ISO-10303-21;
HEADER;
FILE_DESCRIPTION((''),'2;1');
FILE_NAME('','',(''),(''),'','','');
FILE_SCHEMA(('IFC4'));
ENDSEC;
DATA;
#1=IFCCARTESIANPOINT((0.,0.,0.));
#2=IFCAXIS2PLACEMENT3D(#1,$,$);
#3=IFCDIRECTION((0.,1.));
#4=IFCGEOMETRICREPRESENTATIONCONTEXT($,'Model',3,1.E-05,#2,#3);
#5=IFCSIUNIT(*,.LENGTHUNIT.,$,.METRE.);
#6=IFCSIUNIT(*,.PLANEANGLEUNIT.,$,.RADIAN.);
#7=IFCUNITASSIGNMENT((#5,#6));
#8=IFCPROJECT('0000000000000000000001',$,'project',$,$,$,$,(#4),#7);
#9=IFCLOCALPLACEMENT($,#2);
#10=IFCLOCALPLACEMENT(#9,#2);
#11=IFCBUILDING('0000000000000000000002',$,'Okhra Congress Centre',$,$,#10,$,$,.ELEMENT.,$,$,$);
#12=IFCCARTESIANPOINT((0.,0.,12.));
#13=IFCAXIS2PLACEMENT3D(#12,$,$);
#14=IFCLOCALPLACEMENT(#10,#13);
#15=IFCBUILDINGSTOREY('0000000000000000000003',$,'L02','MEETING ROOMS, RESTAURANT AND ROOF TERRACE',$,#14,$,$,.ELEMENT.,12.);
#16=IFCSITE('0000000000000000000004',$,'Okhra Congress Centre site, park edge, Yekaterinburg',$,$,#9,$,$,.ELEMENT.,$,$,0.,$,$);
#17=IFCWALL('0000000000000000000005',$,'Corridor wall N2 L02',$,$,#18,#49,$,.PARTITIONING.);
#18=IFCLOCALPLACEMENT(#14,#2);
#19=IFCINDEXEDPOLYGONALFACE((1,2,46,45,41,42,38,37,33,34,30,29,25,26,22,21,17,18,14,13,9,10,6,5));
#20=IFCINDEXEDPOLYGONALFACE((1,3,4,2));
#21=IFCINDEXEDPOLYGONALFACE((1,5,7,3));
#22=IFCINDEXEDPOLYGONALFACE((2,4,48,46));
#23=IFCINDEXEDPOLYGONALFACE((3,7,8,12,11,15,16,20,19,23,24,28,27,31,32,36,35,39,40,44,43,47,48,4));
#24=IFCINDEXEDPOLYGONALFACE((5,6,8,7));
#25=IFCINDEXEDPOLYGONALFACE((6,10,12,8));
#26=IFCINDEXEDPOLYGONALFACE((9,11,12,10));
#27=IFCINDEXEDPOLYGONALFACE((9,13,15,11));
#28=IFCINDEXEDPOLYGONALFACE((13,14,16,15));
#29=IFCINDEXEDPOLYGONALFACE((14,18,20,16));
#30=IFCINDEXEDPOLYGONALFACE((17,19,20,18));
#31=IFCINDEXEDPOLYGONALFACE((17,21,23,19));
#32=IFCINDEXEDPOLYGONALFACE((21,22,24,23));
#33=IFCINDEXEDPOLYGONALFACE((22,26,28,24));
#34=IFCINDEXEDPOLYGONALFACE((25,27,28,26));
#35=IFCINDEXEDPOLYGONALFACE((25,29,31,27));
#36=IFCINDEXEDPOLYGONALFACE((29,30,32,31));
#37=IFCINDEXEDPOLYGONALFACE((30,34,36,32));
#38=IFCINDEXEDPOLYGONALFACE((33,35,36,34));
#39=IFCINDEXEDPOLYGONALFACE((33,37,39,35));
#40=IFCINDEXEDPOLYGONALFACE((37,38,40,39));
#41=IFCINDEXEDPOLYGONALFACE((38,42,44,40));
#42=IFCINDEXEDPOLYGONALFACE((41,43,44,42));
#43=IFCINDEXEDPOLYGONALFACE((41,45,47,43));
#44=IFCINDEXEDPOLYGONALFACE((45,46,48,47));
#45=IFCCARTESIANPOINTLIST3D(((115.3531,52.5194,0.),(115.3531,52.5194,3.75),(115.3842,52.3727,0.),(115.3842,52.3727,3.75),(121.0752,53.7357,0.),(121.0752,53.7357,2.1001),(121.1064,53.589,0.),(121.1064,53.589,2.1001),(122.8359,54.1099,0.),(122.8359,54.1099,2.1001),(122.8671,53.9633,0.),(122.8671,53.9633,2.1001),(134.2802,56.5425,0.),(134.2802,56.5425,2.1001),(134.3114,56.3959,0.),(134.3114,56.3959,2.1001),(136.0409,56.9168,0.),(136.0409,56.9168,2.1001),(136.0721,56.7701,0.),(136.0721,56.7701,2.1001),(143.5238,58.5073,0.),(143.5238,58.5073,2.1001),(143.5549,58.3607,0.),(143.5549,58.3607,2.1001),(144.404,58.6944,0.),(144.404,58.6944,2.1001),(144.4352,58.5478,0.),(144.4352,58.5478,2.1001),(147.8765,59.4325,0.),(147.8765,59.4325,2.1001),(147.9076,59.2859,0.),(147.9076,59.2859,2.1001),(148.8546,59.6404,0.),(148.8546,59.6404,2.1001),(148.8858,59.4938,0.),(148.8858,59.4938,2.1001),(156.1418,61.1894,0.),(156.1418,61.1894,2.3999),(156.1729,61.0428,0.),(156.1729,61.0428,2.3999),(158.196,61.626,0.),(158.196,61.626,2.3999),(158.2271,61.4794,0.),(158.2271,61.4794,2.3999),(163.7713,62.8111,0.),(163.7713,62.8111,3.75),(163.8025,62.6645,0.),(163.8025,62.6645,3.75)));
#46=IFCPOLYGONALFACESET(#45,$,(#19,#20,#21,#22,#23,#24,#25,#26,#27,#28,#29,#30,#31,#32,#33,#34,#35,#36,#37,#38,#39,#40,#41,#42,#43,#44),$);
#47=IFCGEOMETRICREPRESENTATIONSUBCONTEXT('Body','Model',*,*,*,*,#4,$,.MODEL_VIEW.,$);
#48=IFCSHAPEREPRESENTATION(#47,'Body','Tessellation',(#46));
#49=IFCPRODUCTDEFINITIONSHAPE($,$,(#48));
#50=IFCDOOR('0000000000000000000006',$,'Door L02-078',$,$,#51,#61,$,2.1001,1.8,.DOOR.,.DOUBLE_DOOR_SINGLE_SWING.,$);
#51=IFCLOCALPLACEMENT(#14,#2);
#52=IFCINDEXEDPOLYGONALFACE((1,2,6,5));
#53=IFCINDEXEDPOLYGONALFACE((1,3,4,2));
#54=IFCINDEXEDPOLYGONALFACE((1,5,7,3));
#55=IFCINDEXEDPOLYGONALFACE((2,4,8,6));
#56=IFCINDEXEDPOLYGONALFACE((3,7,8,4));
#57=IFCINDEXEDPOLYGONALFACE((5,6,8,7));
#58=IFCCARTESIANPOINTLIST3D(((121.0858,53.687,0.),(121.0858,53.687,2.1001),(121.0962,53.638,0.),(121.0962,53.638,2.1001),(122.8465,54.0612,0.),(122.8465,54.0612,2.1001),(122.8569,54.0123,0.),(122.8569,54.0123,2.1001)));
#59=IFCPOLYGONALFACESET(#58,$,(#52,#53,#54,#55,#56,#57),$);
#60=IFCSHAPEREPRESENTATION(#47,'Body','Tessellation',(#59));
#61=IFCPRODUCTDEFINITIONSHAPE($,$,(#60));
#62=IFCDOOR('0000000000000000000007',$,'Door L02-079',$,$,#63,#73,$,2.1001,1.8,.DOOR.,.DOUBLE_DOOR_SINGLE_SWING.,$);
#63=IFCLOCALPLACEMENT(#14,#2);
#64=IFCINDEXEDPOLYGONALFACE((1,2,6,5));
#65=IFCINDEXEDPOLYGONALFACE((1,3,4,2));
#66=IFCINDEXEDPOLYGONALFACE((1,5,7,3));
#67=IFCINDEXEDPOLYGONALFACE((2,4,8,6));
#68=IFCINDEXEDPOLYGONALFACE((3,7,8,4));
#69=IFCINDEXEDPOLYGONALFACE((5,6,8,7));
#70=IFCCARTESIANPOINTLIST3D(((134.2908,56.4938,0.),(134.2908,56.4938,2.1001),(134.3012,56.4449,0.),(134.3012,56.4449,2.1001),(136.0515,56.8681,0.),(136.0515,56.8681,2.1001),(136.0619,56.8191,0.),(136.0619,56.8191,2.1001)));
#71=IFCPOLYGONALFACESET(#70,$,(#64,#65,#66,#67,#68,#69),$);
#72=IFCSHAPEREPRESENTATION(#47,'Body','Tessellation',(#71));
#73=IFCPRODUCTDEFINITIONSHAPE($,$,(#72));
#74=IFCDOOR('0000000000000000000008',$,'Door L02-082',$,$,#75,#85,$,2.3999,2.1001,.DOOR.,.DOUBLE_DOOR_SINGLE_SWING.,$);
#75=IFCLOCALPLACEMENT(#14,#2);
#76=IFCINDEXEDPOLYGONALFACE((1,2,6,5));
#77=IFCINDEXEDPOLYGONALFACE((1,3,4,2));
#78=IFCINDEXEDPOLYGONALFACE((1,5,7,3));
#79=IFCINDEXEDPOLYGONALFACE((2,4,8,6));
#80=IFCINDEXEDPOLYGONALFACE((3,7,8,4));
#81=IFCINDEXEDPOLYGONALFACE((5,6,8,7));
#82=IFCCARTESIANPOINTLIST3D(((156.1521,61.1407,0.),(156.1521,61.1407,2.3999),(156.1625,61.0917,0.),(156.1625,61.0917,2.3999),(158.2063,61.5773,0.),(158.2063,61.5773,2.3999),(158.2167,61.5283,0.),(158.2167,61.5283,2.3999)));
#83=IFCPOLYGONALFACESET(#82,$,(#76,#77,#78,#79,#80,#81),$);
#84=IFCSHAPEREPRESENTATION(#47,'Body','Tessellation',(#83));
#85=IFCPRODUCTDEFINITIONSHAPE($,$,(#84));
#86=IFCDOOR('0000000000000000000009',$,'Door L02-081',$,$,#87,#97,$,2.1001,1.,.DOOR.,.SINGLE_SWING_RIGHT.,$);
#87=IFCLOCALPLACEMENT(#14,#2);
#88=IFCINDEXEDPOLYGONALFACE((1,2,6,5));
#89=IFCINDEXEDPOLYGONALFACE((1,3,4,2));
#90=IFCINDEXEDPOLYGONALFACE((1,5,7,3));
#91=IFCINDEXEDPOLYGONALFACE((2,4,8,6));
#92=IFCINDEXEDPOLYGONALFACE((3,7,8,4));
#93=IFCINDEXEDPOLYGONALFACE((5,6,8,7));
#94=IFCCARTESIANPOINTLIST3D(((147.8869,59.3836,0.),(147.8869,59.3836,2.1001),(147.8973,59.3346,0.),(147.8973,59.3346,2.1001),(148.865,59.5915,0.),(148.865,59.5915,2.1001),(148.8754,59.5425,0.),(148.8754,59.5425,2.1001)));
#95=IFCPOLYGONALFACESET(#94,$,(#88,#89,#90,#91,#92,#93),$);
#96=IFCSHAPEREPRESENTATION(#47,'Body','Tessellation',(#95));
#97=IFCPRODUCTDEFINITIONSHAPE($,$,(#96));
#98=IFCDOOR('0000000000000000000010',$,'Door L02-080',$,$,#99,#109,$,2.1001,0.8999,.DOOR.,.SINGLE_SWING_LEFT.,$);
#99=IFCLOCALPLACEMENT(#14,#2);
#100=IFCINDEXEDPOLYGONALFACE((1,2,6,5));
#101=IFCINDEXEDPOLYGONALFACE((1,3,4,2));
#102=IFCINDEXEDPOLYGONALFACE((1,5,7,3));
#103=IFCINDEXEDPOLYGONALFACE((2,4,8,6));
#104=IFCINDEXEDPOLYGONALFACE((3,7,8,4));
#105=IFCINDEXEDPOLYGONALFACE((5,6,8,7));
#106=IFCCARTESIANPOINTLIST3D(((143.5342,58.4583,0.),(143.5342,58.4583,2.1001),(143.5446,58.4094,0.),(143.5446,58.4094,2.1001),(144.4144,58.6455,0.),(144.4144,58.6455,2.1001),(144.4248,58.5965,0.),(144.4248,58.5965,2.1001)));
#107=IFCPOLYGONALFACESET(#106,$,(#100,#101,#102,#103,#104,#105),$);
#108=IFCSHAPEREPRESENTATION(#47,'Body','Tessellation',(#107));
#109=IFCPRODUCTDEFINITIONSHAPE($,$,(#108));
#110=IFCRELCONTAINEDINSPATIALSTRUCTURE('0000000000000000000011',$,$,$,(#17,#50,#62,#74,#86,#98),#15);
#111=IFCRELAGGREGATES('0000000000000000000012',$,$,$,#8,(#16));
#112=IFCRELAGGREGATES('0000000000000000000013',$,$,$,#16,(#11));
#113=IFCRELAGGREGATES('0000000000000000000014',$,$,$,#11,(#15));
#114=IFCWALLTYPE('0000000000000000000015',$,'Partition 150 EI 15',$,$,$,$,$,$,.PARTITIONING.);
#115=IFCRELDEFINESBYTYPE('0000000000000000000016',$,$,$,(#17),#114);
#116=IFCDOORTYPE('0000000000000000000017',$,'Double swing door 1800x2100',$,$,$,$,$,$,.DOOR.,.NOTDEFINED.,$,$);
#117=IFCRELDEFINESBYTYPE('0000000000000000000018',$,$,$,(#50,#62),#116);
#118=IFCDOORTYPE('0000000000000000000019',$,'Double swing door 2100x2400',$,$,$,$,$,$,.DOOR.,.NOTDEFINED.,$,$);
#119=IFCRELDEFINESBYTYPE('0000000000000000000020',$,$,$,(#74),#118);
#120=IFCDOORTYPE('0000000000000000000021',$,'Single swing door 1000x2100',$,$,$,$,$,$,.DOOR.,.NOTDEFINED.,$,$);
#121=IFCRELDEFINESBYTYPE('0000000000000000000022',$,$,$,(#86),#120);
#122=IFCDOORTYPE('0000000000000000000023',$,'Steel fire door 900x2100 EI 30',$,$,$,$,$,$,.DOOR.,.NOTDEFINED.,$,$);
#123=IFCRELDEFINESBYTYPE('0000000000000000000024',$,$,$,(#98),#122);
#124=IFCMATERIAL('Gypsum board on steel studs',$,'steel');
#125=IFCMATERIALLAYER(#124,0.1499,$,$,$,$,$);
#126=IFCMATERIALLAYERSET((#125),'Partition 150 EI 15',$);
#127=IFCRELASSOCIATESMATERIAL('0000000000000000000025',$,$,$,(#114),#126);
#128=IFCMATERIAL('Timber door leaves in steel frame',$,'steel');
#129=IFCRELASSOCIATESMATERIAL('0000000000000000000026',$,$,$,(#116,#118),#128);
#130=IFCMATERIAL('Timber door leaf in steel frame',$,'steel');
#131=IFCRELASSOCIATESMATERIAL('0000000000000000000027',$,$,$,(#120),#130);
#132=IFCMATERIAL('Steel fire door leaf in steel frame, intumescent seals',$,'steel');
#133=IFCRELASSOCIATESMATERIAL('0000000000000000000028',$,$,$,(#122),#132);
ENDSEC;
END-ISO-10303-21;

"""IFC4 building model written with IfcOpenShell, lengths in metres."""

from ifc_helpers import new_model, si_unit, direction, frame, frame_2d, origin, place, context, subcontext, project, spatial, rectangle, extrude, material, layer, layer_set, type_object, element, fill, save


model = new_model("IFC4")

# Units and contexts
model_context = context("Model", 3, precision=1e-05, world=origin(), true_north=direction((0.0, 1.0)))
body_context = subcontext(model_context, "Body", "Model", "MODEL_VIEW")
ifc_project = project(units=[si_unit("LENGTHUNIT", "METRE"), si_unit("PLANEANGLEUNIT", "RADIAN")], contexts=[model_context])

# Site, building, storey
site_placement = place(None, origin())
site = spatial("IfcSite", under=ifc_project, at=site_placement, Name="Okhra Congress Centre site, park edge, Yekaterinburg", CompositionType="ELEMENT", RefElevation=0.0)
building_placement = place(site_placement, origin())
building = spatial("IfcBuilding", under=site, at=building_placement, Name="Okhra Congress Centre", CompositionType="ELEMENT")
storey_placement = place(building_placement, frame((0.0, 0.0, 12.0)))
storey = spatial("IfcBuildingStorey", under=building, at=storey_placement, Name="L02", Description="MEETING ROOMS, RESTAURANT AND ROOF TERRACE", CompositionType="ELEMENT", Elevation=12.0)

# Shared definitions
ifc_material_1 = material(Name="Gypsum board on steel studs", Category="steel")

# Wall, openings, doors
ifc_layer_1 = layer(ifc_material_1, 0.1499)
ifc_layer_set_1 = layer_set([ifc_layer_1], Name="Partition 150 EI 15")
wall_type_1 = type_object("IfcWallType", Name="Partition 150 EI 15", PredefinedType="PARTITIONING", material=ifc_layer_set_1)
wall_1_placement = place(storey_placement, frame((115.3687, 52.446, 0.0), z_axis=(0.0, 0.0, 1.0), x_axis=(0.978147, 0.207914, 0.0)))
wall_1 = element("IfcWall", 1, at=wall_1_placement, inside=storey, type_object=wall_type_1, Name="Corridor wall N2 L02", PredefinedType="PARTITIONING", context=body_context, shape_type="SweptSolid", body=[
    extrude(rectangle(XDim=49.5, YDim=0.1499, at=frame_2d((24.75, 0.0))), origin(), (0.0, 0.0, 1.0), 3.75),
])
opening_1_placement = place(wall_1_placement, frame((5.8501, 0.0, 0.0)))
opening_1 = element("IfcOpeningElement", 2, at=opening_1_placement, cuts=wall_1, PredefinedType="OPENING", context=body_context, shape_type="SweptSolid", body=[
    extrude(rectangle(XDim=1.8, YDim=2.1001, at=frame_2d((0.8999, 1.05))), frame((0.0, 0.085, 0.0), z_axis=(0.0, -1.0, 0.0), x_axis=(1.0, 0.0, 0.0)), (0.0, 0.0, 1.0), 0.1699),
])
opening_2_placement = place(wall_1_placement, frame((19.3501, 0.0, 0.0)))
opening_2 = element("IfcOpeningElement", 3, at=opening_2_placement, cuts=wall_1, PredefinedType="OPENING", context=body_context, shape_type="SweptSolid", body=[
    extrude(rectangle(XDim=1.8, YDim=2.1001, at=frame_2d((0.8999, 1.05))), frame((0.0, 0.085, 0.0), z_axis=(0.0, -1.0, 0.0), x_axis=(1.0, 0.0, 0.0)), (0.0, 0.0, 1.0), 0.1699),
])
opening_3_placement = place(wall_1_placement, frame((28.8, 0.0, 0.0)))
opening_3 = element("IfcOpeningElement", 4, at=opening_3_placement, cuts=wall_1, PredefinedType="OPENING", context=body_context, shape_type="SweptSolid", body=[
    extrude(rectangle(XDim=0.8999, YDim=2.1001, at=frame_2d((0.45, 1.05))), frame((0.0, 0.085, 0.0), z_axis=(0.0, -1.0, 0.0), x_axis=(1.0, 0.0, 0.0)), (0.0, 0.0, 1.0), 0.1699),
])
opening_4_placement = place(wall_1_placement, frame((33.25, 0.0, 0.0)))
opening_4 = element("IfcOpeningElement", 5, at=opening_4_placement, cuts=wall_1, PredefinedType="OPENING", context=body_context, shape_type="SweptSolid", body=[
    extrude(rectangle(XDim=1.0, YDim=2.1001, at=frame_2d((0.5, 1.05))), frame((0.0, 0.085, 0.0), z_axis=(0.0, -1.0, 0.0), x_axis=(1.0, 0.0, 0.0)), (0.0, 0.0, 1.0), 0.1699),
])
opening_5_placement = place(wall_1_placement, frame((41.7, 0.0, 0.0)))
opening_5 = element("IfcOpeningElement", 6, at=opening_5_placement, cuts=wall_1, PredefinedType="OPENING", context=body_context, shape_type="SweptSolid", body=[
    extrude(rectangle(XDim=2.1001, YDim=2.3999, at=frame_2d((1.05, 1.2))), frame((0.0, 0.085, 0.0), z_axis=(0.0, -1.0, 0.0), x_axis=(1.0, 0.0, 0.0)), (0.0, 0.0, 1.0), 0.1699),
])
ifc_material_2 = material(Name="Timber door leaves in steel frame", Category="steel")
door_type_1 = type_object("IfcDoorType", Name="Double swing door 1800x2100", OperationType="NOTDEFINED", PredefinedType="DOOR", material=ifc_material_2)
door_1_placement = place(opening_1_placement, frame((1.8, 0.0, 0.0), z_axis=(0.0, 0.0, 1.0), x_axis=(-1.0, 0.0, 0.0)))
door_1 = element("IfcDoor", 7, at=door_1_placement, inside=storey, type_object=door_type_1, Name="Door L02-078", OperationType="DOUBLE_DOOR_SINGLE_SWING", OverallHeight=2.1001, OverallWidth=1.8, PredefinedType="DOOR", context=body_context, shape_type="SweptSolid", body=[
    extrude(rectangle(XDim=1.8, YDim=2.1001, at=frame_2d((0.8999, 1.05))), frame((0.0, 0.0249, 0.0), z_axis=(0.0, -1.0, 0.0), x_axis=(1.0, 0.0, 0.0)), (0.0, 0.0, 1.0), 0.05),
])
fill(opening_1, door_1)
door_2_placement = place(opening_2_placement, frame((1.8, 0.0, 0.0), z_axis=(0.0, 0.0, 1.0), x_axis=(-1.0, 0.0, 0.0)))
door_2 = element("IfcDoor", 8, at=door_2_placement, inside=storey, type_object=door_type_1, Name="Door L02-079", OperationType="DOUBLE_DOOR_SINGLE_SWING", OverallHeight=2.1001, OverallWidth=1.8, PredefinedType="DOOR", context=body_context, shape_type="SweptSolid", body=[
    extrude(rectangle(XDim=1.8, YDim=2.1001, at=frame_2d((0.8999, 1.05))), frame((0.0, 0.0249, 0.0), z_axis=(0.0, -1.0, 0.0), x_axis=(1.0, 0.0, 0.0)), (0.0, 0.0, 1.0), 0.05),
])
fill(opening_2, door_2)
door_type_2 = type_object("IfcDoorType", Name="Double swing door 2100x2400", OperationType="NOTDEFINED", PredefinedType="DOOR", material=ifc_material_2)
door_3_placement = place(opening_5_placement, frame((2.1001, 0.0, 0.0), z_axis=(0.0, 0.0, 1.0), x_axis=(-1.0, 0.0, 0.0)))
door_3 = element("IfcDoor", 9, at=door_3_placement, inside=storey, type_object=door_type_2, Name="Door L02-082", OperationType="DOUBLE_DOOR_SINGLE_SWING", OverallHeight=2.3999, OverallWidth=2.1001, PredefinedType="DOOR", context=body_context, shape_type="SweptSolid", body=[
    extrude(rectangle(XDim=2.1001, YDim=2.3999, at=frame_2d((1.05, 1.2))), frame((0.0, 0.0249, 0.0), z_axis=(0.0, -1.0, 0.0), x_axis=(1.0, 0.0, 0.0)), (0.0, 0.0, 1.0), 0.05),
])
fill(opening_5, door_3)
ifc_material_3 = material(Name="Timber door leaf in steel frame", Category="steel")
door_type_3 = type_object("IfcDoorType", Name="Single swing door 1000x2100", OperationType="NOTDEFINED", PredefinedType="DOOR", material=ifc_material_3)
door_4_placement = place(opening_4_placement, origin())
door_4 = element("IfcDoor", 10, at=door_4_placement, inside=storey, type_object=door_type_3, Name="Door L02-081", OperationType="SINGLE_SWING_RIGHT", OverallHeight=2.1001, OverallWidth=1.0, PredefinedType="DOOR", context=body_context, shape_type="SweptSolid", body=[
    extrude(rectangle(XDim=1.0, YDim=2.1001, at=frame_2d((0.5, 1.05))), frame((0.0, 0.0249, 0.0), z_axis=(0.0, -1.0, 0.0), x_axis=(1.0, 0.0, 0.0)), (0.0, 0.0, 1.0), 0.05),
])
fill(opening_4, door_4)
ifc_material_4 = material(Name="Steel fire door leaf in steel frame, intumescent seals", Category="steel")
door_type_4 = type_object("IfcDoorType", Name="Steel fire door 900x2100 EI 30", OperationType="NOTDEFINED", PredefinedType="DOOR", material=ifc_material_4)
door_5_placement = place(opening_3_placement, origin())
door_5 = element("IfcDoor", 11, at=door_5_placement, inside=storey, type_object=door_type_4, Name="Door L02-080", OperationType="SINGLE_SWING_LEFT", OverallHeight=2.1001, OverallWidth=0.8999, PredefinedType="DOOR", context=body_context, shape_type="SweptSolid", body=[
    extrude(rectangle(XDim=0.8999, YDim=2.1001, at=frame_2d((0.45, 1.05))), frame((0.0, 0.0249, 0.0), z_axis=(0.0, -1.0, 0.0), x_axis=(1.0, 0.0, 0.0)), (0.0, 0.0, 1.0), 0.05),
])
fill(opening_3, door_5)

save(model, "model.ifc")
